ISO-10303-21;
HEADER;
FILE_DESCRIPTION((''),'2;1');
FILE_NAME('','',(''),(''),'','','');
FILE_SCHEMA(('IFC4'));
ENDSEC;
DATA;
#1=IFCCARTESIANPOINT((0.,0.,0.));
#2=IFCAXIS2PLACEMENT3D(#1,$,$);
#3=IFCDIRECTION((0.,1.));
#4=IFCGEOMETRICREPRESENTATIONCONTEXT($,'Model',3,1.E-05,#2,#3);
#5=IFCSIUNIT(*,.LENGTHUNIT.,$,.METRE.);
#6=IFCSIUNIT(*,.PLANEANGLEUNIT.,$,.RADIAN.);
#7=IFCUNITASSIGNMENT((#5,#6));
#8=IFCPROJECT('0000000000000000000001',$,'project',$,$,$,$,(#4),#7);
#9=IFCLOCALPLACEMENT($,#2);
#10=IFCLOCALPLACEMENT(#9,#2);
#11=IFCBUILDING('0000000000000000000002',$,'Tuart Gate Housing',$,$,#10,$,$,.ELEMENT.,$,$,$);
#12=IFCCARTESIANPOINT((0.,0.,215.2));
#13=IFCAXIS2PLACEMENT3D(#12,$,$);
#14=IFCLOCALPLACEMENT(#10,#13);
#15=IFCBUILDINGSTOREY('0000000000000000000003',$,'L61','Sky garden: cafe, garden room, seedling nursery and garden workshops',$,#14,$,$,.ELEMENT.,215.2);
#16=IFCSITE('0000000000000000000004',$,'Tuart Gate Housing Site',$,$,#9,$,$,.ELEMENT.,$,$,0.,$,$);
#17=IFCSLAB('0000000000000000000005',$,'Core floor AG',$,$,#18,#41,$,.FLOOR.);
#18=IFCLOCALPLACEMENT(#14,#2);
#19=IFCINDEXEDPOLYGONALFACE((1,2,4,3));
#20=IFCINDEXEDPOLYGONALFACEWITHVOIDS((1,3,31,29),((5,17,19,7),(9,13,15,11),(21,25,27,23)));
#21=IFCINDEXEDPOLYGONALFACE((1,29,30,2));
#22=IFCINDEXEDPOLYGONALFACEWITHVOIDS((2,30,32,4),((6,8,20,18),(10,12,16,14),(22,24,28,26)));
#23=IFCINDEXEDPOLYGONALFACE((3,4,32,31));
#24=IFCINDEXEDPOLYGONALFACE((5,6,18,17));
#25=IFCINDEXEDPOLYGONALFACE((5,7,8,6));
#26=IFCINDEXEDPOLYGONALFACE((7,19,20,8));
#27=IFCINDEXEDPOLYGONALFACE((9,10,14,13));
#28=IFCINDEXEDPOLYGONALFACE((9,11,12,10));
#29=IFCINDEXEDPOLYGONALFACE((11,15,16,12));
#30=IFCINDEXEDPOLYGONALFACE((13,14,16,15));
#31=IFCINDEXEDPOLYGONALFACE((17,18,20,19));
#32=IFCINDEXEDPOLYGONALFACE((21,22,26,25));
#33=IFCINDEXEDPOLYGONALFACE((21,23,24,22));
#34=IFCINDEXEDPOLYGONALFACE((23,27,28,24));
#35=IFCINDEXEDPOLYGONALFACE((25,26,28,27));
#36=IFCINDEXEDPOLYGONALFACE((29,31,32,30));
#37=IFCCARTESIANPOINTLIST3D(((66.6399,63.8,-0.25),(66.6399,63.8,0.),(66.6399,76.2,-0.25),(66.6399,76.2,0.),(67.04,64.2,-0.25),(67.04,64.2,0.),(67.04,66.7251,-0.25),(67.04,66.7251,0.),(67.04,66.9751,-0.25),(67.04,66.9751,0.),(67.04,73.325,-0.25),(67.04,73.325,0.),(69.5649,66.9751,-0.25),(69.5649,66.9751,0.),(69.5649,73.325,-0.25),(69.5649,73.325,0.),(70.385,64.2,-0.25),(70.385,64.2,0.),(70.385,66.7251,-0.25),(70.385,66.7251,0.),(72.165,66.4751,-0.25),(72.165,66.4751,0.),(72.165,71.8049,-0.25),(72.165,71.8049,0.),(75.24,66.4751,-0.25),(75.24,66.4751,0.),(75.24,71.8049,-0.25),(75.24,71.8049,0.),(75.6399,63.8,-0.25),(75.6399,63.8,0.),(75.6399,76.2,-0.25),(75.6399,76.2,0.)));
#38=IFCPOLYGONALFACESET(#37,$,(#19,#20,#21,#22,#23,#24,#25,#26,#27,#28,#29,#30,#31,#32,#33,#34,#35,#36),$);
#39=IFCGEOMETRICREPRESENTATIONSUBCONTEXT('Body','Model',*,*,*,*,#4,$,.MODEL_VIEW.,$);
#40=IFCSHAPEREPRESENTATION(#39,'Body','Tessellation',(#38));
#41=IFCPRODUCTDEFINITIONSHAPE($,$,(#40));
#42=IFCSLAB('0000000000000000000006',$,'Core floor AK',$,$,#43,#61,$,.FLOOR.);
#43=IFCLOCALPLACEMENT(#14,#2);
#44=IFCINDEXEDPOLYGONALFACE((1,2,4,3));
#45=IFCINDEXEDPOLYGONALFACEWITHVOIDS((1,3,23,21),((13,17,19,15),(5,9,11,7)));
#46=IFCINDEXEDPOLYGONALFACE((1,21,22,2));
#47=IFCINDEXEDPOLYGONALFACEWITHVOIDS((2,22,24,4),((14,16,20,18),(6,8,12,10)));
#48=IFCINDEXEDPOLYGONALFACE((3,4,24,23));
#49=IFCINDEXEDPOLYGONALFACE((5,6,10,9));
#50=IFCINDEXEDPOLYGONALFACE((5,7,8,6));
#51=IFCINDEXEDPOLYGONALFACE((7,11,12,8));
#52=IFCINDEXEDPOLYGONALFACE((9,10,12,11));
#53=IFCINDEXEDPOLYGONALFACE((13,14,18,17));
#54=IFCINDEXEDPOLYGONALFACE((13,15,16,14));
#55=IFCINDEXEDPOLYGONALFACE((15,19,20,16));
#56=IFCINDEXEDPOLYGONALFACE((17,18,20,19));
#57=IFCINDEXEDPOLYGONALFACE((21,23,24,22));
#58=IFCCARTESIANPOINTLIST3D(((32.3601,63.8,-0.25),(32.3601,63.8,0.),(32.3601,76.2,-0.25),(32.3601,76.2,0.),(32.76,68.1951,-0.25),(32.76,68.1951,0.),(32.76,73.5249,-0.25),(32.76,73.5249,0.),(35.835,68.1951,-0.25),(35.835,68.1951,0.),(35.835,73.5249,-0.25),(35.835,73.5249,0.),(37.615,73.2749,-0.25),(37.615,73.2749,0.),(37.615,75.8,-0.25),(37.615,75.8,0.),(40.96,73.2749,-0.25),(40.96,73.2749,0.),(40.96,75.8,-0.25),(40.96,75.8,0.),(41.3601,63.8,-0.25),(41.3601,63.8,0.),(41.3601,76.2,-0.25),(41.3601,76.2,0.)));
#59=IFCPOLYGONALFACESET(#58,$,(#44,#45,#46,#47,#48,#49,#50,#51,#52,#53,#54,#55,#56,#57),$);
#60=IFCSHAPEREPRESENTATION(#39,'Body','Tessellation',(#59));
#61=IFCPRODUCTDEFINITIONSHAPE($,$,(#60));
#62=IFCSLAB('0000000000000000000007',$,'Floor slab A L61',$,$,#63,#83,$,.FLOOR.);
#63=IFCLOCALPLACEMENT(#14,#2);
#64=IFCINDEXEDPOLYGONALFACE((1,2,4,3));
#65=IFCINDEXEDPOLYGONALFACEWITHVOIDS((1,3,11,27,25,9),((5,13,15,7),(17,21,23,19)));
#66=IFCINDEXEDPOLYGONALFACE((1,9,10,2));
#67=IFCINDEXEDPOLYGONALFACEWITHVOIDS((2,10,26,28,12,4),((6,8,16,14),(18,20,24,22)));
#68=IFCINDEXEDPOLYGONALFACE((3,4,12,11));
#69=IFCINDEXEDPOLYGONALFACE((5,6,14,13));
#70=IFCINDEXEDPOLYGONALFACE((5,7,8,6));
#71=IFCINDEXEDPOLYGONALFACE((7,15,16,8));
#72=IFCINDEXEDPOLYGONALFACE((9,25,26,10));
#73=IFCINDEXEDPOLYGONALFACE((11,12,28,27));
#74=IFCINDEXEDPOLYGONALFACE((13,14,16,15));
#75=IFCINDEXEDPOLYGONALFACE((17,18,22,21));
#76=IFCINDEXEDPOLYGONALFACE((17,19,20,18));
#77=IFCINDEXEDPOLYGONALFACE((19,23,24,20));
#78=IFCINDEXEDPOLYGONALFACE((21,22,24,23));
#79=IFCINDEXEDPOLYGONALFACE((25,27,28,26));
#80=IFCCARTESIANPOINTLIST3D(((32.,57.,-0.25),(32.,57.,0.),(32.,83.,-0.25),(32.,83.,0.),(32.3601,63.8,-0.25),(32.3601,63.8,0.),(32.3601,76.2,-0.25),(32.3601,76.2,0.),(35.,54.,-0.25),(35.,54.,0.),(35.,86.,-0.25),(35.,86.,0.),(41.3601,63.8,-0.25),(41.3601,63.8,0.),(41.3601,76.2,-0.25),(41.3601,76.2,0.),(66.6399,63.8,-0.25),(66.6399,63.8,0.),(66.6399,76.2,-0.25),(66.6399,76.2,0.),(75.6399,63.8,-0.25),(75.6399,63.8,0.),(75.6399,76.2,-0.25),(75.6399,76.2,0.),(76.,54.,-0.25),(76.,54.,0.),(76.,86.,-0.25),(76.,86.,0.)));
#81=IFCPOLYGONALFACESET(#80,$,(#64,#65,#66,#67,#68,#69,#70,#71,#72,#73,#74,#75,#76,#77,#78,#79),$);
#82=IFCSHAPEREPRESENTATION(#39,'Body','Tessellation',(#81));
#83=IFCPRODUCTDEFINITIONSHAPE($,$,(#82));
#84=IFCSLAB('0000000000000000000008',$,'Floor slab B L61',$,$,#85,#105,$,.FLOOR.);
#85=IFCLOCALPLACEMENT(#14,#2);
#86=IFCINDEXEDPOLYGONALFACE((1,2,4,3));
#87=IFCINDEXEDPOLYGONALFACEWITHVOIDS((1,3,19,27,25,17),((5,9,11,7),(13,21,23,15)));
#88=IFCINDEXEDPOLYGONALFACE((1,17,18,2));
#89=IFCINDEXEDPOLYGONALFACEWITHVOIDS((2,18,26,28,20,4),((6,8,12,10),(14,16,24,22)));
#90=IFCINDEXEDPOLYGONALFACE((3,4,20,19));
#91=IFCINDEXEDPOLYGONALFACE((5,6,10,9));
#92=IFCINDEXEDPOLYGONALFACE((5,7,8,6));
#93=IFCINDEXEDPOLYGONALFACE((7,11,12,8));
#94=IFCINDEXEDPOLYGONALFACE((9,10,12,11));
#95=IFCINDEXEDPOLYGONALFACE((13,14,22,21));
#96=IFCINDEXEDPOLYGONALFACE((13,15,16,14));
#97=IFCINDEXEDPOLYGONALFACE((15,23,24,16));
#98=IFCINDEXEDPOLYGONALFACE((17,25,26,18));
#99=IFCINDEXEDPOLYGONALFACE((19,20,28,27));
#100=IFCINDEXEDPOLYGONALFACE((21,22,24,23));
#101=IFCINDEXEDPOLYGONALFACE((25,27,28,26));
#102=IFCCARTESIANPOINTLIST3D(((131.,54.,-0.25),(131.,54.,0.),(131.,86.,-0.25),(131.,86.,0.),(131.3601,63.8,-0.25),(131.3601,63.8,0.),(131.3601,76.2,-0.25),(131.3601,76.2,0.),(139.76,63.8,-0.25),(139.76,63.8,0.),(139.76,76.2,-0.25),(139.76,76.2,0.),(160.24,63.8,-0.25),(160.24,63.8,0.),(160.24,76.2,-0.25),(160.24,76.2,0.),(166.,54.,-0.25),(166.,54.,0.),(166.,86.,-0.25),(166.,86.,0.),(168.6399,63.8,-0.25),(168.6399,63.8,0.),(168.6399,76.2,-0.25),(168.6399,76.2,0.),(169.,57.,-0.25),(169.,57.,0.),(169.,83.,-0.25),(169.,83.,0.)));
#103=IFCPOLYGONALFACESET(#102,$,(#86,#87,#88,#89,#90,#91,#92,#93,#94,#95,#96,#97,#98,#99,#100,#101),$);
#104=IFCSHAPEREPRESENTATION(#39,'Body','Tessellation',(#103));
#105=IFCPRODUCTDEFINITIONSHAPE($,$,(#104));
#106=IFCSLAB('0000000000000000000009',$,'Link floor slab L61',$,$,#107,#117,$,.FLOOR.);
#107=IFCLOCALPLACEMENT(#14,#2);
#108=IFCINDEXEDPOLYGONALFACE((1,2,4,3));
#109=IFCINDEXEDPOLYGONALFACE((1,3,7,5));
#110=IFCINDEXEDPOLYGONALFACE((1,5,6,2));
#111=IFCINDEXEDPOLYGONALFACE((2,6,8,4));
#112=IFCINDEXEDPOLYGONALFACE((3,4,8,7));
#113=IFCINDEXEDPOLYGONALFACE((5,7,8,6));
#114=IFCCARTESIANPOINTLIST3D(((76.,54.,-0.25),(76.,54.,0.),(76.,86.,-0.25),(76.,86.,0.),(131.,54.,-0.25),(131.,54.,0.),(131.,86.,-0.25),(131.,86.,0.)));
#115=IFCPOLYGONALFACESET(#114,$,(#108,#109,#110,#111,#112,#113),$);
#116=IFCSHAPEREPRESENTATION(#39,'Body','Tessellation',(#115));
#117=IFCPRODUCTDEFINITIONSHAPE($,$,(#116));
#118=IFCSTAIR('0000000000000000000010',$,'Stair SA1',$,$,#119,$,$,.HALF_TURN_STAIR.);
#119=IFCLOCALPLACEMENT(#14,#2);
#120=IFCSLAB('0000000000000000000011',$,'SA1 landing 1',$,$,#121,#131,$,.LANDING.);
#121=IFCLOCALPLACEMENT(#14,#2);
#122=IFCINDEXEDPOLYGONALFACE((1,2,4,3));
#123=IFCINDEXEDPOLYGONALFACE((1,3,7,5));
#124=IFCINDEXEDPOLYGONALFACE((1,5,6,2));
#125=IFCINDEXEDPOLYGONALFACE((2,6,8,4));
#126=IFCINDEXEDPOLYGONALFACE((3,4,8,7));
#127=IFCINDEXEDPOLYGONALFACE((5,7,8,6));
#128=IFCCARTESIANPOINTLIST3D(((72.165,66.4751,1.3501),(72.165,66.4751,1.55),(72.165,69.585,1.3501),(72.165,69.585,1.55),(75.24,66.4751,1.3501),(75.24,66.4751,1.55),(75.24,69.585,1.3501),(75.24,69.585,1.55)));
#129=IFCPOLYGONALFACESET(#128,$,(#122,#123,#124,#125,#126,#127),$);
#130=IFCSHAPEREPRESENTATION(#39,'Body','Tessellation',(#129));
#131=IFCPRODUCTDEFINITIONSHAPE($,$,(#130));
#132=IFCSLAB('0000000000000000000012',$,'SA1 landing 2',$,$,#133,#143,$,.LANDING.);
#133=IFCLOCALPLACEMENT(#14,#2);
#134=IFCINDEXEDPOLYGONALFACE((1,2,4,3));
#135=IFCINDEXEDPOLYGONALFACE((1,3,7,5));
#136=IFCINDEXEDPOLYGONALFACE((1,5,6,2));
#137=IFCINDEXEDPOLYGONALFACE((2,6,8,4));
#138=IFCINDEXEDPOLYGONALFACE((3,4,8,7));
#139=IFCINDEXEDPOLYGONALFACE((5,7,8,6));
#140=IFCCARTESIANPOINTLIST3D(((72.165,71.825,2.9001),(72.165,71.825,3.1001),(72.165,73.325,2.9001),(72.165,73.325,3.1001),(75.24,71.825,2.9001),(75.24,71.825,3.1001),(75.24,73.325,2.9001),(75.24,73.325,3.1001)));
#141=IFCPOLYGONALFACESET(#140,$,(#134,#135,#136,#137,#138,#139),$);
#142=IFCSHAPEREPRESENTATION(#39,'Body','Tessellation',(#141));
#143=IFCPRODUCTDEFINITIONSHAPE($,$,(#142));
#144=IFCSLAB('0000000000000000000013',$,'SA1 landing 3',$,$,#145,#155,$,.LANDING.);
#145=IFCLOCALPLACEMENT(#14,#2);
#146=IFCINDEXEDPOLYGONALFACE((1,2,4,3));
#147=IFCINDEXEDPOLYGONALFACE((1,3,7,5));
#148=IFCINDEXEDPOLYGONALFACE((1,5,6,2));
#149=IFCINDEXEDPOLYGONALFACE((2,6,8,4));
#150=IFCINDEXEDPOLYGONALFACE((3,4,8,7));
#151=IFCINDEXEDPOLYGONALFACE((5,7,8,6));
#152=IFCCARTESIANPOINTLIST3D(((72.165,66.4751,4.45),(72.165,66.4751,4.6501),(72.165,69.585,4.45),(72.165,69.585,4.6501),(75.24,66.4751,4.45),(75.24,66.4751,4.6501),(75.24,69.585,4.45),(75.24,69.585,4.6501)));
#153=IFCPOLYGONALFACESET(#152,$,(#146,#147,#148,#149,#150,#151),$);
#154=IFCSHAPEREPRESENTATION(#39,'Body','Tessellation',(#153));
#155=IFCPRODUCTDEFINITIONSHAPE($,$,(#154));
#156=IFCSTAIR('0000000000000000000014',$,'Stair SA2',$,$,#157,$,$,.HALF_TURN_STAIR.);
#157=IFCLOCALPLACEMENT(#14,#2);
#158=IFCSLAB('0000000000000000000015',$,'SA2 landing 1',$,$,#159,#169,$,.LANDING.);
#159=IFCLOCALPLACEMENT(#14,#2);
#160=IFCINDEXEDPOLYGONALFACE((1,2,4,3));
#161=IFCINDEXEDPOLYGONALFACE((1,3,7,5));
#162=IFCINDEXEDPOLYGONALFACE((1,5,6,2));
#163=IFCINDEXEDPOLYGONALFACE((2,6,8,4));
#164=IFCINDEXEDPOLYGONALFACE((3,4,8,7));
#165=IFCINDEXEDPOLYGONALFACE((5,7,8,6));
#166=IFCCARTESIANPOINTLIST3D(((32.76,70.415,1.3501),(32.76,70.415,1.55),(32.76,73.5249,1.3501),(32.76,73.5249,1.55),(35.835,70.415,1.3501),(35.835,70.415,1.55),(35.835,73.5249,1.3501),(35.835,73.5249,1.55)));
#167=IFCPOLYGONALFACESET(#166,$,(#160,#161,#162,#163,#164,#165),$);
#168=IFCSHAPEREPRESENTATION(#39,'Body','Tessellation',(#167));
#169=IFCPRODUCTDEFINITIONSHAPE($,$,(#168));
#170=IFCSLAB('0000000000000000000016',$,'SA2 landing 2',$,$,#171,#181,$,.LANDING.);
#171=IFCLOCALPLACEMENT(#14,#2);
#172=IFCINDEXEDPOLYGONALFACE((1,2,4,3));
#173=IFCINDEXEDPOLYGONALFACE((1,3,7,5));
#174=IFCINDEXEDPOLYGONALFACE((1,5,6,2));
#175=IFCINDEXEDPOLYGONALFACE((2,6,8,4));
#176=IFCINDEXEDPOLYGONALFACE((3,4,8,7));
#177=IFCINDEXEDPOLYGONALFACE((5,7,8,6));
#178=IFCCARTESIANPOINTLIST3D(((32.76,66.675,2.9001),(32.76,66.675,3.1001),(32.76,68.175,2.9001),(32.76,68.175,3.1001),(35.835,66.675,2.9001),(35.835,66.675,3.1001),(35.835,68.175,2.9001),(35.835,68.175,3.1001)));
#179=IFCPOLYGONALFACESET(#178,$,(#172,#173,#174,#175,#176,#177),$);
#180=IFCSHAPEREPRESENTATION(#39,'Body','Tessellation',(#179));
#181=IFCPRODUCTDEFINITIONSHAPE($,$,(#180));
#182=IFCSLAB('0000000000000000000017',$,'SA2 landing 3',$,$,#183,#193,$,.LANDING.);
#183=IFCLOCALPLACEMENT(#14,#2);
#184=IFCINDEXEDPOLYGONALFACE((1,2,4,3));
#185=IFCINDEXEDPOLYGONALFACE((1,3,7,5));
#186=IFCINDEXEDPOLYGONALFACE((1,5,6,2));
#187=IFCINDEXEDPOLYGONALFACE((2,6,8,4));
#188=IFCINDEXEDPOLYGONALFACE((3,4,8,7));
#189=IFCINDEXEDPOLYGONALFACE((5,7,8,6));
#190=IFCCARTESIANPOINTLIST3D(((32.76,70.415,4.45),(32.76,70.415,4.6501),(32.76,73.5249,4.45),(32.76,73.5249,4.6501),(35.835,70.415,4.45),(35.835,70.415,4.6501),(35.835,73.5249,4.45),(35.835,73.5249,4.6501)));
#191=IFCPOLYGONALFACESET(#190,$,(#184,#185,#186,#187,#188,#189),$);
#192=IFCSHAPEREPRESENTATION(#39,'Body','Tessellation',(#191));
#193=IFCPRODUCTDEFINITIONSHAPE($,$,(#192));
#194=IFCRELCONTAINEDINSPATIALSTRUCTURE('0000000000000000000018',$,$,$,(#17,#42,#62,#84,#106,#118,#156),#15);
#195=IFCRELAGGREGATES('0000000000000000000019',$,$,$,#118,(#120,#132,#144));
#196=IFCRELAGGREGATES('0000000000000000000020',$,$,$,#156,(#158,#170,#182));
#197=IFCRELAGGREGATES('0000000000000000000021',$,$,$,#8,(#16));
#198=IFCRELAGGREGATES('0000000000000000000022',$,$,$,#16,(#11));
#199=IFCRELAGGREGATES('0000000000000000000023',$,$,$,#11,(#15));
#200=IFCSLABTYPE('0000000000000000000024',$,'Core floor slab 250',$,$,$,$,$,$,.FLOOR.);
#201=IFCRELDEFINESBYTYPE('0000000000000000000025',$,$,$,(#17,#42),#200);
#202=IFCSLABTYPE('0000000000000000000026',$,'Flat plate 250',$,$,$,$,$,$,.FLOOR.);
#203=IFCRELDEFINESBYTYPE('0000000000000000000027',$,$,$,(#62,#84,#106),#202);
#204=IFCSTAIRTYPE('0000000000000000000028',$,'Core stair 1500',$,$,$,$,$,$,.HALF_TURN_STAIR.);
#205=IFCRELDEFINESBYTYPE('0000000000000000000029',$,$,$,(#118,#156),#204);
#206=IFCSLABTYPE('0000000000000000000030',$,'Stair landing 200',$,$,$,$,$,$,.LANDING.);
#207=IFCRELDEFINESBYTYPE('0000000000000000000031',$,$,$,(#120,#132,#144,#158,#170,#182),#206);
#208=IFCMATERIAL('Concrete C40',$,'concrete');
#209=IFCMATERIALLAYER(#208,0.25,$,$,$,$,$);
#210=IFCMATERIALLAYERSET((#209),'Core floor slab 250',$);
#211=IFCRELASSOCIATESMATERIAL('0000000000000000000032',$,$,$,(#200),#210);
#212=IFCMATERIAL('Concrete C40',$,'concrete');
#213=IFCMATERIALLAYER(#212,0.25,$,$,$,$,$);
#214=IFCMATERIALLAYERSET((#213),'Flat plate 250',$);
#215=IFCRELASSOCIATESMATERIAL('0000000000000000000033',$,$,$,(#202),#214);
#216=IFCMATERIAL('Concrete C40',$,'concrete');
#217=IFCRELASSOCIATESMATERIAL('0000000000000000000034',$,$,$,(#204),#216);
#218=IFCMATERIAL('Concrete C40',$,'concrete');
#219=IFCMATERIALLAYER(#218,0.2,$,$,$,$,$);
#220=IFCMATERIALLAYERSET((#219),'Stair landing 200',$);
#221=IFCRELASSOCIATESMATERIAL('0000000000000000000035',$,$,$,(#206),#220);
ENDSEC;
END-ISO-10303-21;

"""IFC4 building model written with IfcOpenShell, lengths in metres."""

from ifc_helpers import new_model, si_unit, direction, frame, origin, place, context, subcontext, project, spatial, polyline, outline, extrude, material, layer, layer_set, type_object, element, aggregate, save


model = new_model("IFC4")

# Units and contexts
model_context = context("Model", 3, precision=1e-05, world=origin(), true_north=direction((0.0, 1.0)))
body_context = subcontext(model_context, "Body", "Model", "MODEL_VIEW")
ifc_project = project(units=[si_unit("LENGTHUNIT", "METRE"), si_unit("PLANEANGLEUNIT", "RADIAN")], contexts=[model_context])

# Site, building, storey
site_placement = place(None, origin())
site = spatial("IfcSite", under=ifc_project, at=site_placement, Name="Tuart Gate Housing Site", CompositionType="ELEMENT", RefElevation=0.0)
building_placement = place(site_placement, origin())
building = spatial("IfcBuilding", under=site, at=building_placement, Name="Tuart Gate Housing", CompositionType="ELEMENT")
storey_placement = place(building_placement, frame((0.0, 0.0, 215.2)))
storey = spatial("IfcBuildingStorey", under=building, at=storey_placement, Name="L61", Description="Sky garden: cafe, garden room, seedling nursery and garden workshops", CompositionType="ELEMENT", Elevation=215.2)

# Slabs
ifc_material_1 = material(Name="Concrete C40", Category="concrete")
ifc_layer_1 = layer(ifc_material_1, 0.25)
ifc_layer_set_1 = layer_set([ifc_layer_1], Name="Core floor slab 250")
slab_type_1 = type_object("IfcSlabType", Name="Core floor slab 250", PredefinedType="FLOOR", material=ifc_layer_set_1)
slab_1_placement = place(storey_placement, frame((0.0, 0.0, -0.25)))
element("IfcSlab", 1, at=slab_1_placement, inside=storey, type_object=slab_type_1, Name="Core floor AG", PredefinedType="FLOOR", context=body_context, shape_type="SweptSolid", body=[
    extrude(outline(polyline([(66.6399, 63.8), (75.6399, 63.8), (75.6399, 76.2), (66.6399, 76.2), (66.6399, 63.8)]), holes=[polyline([(67.04, 64.2), (70.385, 64.2), (70.385, 66.7251), (67.04, 66.7251), (67.04, 64.2)]), polyline([(67.04, 66.9751), (69.5649, 66.9751), (69.5649, 73.325), (67.04, 73.325), (67.04, 66.9751)]), polyline([(72.165, 66.4751), (75.24, 66.4751), (75.24, 71.8049), (72.165, 71.8049), (72.165, 66.4751)])]), origin(), (0.0, 0.0, 1.0), 0.25),
])
slab_2_placement = place(storey_placement, frame((0.0, 0.0, -0.25)))
element("IfcSlab", 2, at=slab_2_placement, inside=storey, type_object=slab_type_1, Name="Core floor AK", PredefinedType="FLOOR", context=body_context, shape_type="SweptSolid", body=[
    extrude(outline(polyline([(32.3601, 63.8), (41.3601, 63.8), (41.3601, 76.2), (32.3601, 76.2), (32.3601, 63.8)]), holes=[polyline([(40.96, 75.8), (37.615, 75.8), (37.615, 73.2749), (40.96, 73.2749), (40.96, 75.8)]), polyline([(35.835, 73.5249), (32.76, 73.5249), (32.76, 68.1951), (35.835, 68.1951), (35.835, 73.5249)])]), origin(), (0.0, 0.0, 1.0), 0.25),
])
ifc_material_2 = material(Name="Concrete C40", Category="concrete")
ifc_layer_2 = layer(ifc_material_2, 0.25)
ifc_layer_set_2 = layer_set([ifc_layer_2], Name="Flat plate 250")
slab_type_2 = type_object("IfcSlabType", Name="Flat plate 250", PredefinedType="FLOOR", material=ifc_layer_set_2)
slab_3_placement = place(storey_placement, frame((0.0, 0.0, -0.25)))
element("IfcSlab", 3, at=slab_3_placement, inside=storey, type_object=slab_type_2, Name="Floor slab A L61", PredefinedType="FLOOR", context=body_context, shape_type="SweptSolid", body=[
    extrude(outline(polyline([(35.0, 86.0), (32.0, 83.0), (32.0, 57.0), (35.0, 54.0), (76.0, 54.0), (76.0, 86.0), (35.0, 86.0)]), holes=[polyline([(66.6399, 76.2), (75.6399, 76.2), (75.6399, 63.8), (66.6399, 63.8), (66.6399, 76.2)]), polyline([(41.3601, 76.2), (41.3601, 63.8), (32.3601, 63.8), (32.3601, 76.2), (41.3601, 76.2)])]), origin(), (0.0, 0.0, 1.0), 0.25),
])
slab_4_placement = place(storey_placement, frame((0.0, 0.0, -0.25)))
element("IfcSlab", 4, at=slab_4_placement, inside=storey, type_object=slab_type_2, Name="Floor slab B L61", PredefinedType="FLOOR", context=body_context, shape_type="SweptSolid", body=[
    extrude(outline(polyline([(166.0, 86.0), (131.0, 86.0), (131.0, 54.0), (166.0, 54.0), (169.0, 57.0), (169.0, 83.0), (166.0, 86.0)]), holes=[polyline([(131.3601, 76.2), (139.76, 76.2), (139.76, 63.8), (131.3601, 63.8), (131.3601, 76.2)]), polyline([(168.6399, 76.2), (168.6399, 63.8), (160.24, 63.8), (160.24, 76.2), (168.6399, 76.2)])]), origin(), (0.0, 0.0, 1.0), 0.25),
])
slab_5_placement = place(storey_placement, frame((0.0, 0.0, -0.25)))
element("IfcSlab", 5, at=slab_5_placement, inside=storey, type_object=slab_type_2, Name="Link floor slab L61", PredefinedType="FLOOR", context=body_context, shape_type="SweptSolid", body=[
    extrude(outline(polyline([(76.0, 54.0), (131.0, 54.0), (131.0, 86.0), (76.0, 86.0), (76.0, 54.0)])), origin(), (0.0, 0.0, 1.0), 0.25),
])

# Stairs, slabs
ifc_material_3 = material(Name="Concrete C40", Category="concrete")
stair_type = type_object("IfcStairType", Name="Core stair 1500", PredefinedType="HALF_TURN_STAIR", material=ifc_material_3)
stair_1_placement = place(storey_placement, origin())
stair_1 = element("IfcStair", 6, at=stair_1_placement, inside=storey, type_object=stair_type, Name="Stair SA1", PredefinedType="HALF_TURN_STAIR")
ifc_material_4 = material(Name="Concrete C40", Category="concrete")
ifc_layer_3 = layer(ifc_material_4, 0.2)
ifc_layer_set_3 = layer_set([ifc_layer_3], Name="Stair landing 200")
slab_type_3 = type_object("IfcSlabType", Name="Stair landing 200", PredefinedType="LANDING", material=ifc_layer_set_3)
slab_6_placement = place(storey_placement, frame((0.0, 0.0, 1.3501)))
slab_6 = element("IfcSlab", 7, at=slab_6_placement, type_object=slab_type_3, Name="SA1 landing 1", PredefinedType="LANDING", context=body_context, shape_type="SweptSolid", body=[
    extrude(outline(polyline([(72.165, 66.4751), (75.24, 66.4751), (75.24, 69.585), (72.165, 69.585), (72.165, 66.4751)])), origin(), (0.0, 0.0, 1.0), 0.2),
])
slab_7_placement = place(storey_placement, frame((0.0, 0.0, 2.9001)))
slab_7 = element("IfcSlab", 8, at=slab_7_placement, type_object=slab_type_3, Name="SA1 landing 2", PredefinedType="LANDING", context=body_context, shape_type="SweptSolid", body=[
    extrude(outline(polyline([(72.165, 73.325), (72.165, 71.825), (75.24, 71.825), (75.24, 73.325), (72.165, 73.325)])), origin(), (0.0, 0.0, 1.0), 0.2),
])
slab_8_placement = place(storey_placement, frame((0.0, 0.0, 4.45)))
slab_8 = element("IfcSlab", 9, at=slab_8_placement, type_object=slab_type_3, Name="SA1 landing 3", PredefinedType="LANDING", context=body_context, shape_type="SweptSolid", body=[
    extrude(outline(polyline([(72.165, 66.4751), (75.24, 66.4751), (75.24, 69.585), (72.165, 69.585), (72.165, 66.4751)])), origin(), (0.0, 0.0, 1.0), 0.2002),
])
aggregate(stair_1, [slab_6, slab_7, slab_8])
stair_2_placement = place(storey_placement, origin())
stair_2 = element("IfcStair", 10, at=stair_2_placement, inside=storey, type_object=stair_type, Name="Stair SA2", PredefinedType="HALF_TURN_STAIR")
slab_9_placement = place(storey_placement, frame((0.0, 0.0, 1.3501)))
slab_9 = element("IfcSlab", 11, at=slab_9_placement, type_object=slab_type_3, Name="SA2 landing 1", PredefinedType="LANDING", context=body_context, shape_type="SweptSolid", body=[
    extrude(outline(polyline([(35.835, 73.5249), (32.76, 73.5249), (32.76, 70.415), (35.835, 70.415), (35.835, 73.5249)])), origin(), (0.0, 0.0, 1.0), 0.2),
])
slab_10_placement = place(storey_placement, frame((0.0, 0.0, 2.9001)))
slab_10 = element("IfcSlab", 12, at=slab_10_placement, type_object=slab_type_3, Name="SA2 landing 2", PredefinedType="LANDING", context=body_context, shape_type="SweptSolid", body=[
    extrude(outline(polyline([(35.835, 66.675), (35.835, 68.175), (32.76, 68.175), (32.76, 66.675), (35.835, 66.675)])), origin(), (0.0, 0.0, 1.0), 0.2),
])
slab_11_placement = place(storey_placement, frame((0.0, 0.0, 4.45)))
slab_11 = element("IfcSlab", 13, at=slab_11_placement, type_object=slab_type_3, Name="SA2 landing 3", PredefinedType="LANDING", context=body_context, shape_type="SweptSolid", body=[
    extrude(outline(polyline([(35.835, 73.5249), (32.76, 73.5249), (32.76, 70.415), (35.835, 70.415), (35.835, 73.5249)])), origin(), (0.0, 0.0, 1.0), 0.2002),
])
aggregate(stair_2, [slab_9, slab_10, slab_11])

save(model, "model.ifc")
